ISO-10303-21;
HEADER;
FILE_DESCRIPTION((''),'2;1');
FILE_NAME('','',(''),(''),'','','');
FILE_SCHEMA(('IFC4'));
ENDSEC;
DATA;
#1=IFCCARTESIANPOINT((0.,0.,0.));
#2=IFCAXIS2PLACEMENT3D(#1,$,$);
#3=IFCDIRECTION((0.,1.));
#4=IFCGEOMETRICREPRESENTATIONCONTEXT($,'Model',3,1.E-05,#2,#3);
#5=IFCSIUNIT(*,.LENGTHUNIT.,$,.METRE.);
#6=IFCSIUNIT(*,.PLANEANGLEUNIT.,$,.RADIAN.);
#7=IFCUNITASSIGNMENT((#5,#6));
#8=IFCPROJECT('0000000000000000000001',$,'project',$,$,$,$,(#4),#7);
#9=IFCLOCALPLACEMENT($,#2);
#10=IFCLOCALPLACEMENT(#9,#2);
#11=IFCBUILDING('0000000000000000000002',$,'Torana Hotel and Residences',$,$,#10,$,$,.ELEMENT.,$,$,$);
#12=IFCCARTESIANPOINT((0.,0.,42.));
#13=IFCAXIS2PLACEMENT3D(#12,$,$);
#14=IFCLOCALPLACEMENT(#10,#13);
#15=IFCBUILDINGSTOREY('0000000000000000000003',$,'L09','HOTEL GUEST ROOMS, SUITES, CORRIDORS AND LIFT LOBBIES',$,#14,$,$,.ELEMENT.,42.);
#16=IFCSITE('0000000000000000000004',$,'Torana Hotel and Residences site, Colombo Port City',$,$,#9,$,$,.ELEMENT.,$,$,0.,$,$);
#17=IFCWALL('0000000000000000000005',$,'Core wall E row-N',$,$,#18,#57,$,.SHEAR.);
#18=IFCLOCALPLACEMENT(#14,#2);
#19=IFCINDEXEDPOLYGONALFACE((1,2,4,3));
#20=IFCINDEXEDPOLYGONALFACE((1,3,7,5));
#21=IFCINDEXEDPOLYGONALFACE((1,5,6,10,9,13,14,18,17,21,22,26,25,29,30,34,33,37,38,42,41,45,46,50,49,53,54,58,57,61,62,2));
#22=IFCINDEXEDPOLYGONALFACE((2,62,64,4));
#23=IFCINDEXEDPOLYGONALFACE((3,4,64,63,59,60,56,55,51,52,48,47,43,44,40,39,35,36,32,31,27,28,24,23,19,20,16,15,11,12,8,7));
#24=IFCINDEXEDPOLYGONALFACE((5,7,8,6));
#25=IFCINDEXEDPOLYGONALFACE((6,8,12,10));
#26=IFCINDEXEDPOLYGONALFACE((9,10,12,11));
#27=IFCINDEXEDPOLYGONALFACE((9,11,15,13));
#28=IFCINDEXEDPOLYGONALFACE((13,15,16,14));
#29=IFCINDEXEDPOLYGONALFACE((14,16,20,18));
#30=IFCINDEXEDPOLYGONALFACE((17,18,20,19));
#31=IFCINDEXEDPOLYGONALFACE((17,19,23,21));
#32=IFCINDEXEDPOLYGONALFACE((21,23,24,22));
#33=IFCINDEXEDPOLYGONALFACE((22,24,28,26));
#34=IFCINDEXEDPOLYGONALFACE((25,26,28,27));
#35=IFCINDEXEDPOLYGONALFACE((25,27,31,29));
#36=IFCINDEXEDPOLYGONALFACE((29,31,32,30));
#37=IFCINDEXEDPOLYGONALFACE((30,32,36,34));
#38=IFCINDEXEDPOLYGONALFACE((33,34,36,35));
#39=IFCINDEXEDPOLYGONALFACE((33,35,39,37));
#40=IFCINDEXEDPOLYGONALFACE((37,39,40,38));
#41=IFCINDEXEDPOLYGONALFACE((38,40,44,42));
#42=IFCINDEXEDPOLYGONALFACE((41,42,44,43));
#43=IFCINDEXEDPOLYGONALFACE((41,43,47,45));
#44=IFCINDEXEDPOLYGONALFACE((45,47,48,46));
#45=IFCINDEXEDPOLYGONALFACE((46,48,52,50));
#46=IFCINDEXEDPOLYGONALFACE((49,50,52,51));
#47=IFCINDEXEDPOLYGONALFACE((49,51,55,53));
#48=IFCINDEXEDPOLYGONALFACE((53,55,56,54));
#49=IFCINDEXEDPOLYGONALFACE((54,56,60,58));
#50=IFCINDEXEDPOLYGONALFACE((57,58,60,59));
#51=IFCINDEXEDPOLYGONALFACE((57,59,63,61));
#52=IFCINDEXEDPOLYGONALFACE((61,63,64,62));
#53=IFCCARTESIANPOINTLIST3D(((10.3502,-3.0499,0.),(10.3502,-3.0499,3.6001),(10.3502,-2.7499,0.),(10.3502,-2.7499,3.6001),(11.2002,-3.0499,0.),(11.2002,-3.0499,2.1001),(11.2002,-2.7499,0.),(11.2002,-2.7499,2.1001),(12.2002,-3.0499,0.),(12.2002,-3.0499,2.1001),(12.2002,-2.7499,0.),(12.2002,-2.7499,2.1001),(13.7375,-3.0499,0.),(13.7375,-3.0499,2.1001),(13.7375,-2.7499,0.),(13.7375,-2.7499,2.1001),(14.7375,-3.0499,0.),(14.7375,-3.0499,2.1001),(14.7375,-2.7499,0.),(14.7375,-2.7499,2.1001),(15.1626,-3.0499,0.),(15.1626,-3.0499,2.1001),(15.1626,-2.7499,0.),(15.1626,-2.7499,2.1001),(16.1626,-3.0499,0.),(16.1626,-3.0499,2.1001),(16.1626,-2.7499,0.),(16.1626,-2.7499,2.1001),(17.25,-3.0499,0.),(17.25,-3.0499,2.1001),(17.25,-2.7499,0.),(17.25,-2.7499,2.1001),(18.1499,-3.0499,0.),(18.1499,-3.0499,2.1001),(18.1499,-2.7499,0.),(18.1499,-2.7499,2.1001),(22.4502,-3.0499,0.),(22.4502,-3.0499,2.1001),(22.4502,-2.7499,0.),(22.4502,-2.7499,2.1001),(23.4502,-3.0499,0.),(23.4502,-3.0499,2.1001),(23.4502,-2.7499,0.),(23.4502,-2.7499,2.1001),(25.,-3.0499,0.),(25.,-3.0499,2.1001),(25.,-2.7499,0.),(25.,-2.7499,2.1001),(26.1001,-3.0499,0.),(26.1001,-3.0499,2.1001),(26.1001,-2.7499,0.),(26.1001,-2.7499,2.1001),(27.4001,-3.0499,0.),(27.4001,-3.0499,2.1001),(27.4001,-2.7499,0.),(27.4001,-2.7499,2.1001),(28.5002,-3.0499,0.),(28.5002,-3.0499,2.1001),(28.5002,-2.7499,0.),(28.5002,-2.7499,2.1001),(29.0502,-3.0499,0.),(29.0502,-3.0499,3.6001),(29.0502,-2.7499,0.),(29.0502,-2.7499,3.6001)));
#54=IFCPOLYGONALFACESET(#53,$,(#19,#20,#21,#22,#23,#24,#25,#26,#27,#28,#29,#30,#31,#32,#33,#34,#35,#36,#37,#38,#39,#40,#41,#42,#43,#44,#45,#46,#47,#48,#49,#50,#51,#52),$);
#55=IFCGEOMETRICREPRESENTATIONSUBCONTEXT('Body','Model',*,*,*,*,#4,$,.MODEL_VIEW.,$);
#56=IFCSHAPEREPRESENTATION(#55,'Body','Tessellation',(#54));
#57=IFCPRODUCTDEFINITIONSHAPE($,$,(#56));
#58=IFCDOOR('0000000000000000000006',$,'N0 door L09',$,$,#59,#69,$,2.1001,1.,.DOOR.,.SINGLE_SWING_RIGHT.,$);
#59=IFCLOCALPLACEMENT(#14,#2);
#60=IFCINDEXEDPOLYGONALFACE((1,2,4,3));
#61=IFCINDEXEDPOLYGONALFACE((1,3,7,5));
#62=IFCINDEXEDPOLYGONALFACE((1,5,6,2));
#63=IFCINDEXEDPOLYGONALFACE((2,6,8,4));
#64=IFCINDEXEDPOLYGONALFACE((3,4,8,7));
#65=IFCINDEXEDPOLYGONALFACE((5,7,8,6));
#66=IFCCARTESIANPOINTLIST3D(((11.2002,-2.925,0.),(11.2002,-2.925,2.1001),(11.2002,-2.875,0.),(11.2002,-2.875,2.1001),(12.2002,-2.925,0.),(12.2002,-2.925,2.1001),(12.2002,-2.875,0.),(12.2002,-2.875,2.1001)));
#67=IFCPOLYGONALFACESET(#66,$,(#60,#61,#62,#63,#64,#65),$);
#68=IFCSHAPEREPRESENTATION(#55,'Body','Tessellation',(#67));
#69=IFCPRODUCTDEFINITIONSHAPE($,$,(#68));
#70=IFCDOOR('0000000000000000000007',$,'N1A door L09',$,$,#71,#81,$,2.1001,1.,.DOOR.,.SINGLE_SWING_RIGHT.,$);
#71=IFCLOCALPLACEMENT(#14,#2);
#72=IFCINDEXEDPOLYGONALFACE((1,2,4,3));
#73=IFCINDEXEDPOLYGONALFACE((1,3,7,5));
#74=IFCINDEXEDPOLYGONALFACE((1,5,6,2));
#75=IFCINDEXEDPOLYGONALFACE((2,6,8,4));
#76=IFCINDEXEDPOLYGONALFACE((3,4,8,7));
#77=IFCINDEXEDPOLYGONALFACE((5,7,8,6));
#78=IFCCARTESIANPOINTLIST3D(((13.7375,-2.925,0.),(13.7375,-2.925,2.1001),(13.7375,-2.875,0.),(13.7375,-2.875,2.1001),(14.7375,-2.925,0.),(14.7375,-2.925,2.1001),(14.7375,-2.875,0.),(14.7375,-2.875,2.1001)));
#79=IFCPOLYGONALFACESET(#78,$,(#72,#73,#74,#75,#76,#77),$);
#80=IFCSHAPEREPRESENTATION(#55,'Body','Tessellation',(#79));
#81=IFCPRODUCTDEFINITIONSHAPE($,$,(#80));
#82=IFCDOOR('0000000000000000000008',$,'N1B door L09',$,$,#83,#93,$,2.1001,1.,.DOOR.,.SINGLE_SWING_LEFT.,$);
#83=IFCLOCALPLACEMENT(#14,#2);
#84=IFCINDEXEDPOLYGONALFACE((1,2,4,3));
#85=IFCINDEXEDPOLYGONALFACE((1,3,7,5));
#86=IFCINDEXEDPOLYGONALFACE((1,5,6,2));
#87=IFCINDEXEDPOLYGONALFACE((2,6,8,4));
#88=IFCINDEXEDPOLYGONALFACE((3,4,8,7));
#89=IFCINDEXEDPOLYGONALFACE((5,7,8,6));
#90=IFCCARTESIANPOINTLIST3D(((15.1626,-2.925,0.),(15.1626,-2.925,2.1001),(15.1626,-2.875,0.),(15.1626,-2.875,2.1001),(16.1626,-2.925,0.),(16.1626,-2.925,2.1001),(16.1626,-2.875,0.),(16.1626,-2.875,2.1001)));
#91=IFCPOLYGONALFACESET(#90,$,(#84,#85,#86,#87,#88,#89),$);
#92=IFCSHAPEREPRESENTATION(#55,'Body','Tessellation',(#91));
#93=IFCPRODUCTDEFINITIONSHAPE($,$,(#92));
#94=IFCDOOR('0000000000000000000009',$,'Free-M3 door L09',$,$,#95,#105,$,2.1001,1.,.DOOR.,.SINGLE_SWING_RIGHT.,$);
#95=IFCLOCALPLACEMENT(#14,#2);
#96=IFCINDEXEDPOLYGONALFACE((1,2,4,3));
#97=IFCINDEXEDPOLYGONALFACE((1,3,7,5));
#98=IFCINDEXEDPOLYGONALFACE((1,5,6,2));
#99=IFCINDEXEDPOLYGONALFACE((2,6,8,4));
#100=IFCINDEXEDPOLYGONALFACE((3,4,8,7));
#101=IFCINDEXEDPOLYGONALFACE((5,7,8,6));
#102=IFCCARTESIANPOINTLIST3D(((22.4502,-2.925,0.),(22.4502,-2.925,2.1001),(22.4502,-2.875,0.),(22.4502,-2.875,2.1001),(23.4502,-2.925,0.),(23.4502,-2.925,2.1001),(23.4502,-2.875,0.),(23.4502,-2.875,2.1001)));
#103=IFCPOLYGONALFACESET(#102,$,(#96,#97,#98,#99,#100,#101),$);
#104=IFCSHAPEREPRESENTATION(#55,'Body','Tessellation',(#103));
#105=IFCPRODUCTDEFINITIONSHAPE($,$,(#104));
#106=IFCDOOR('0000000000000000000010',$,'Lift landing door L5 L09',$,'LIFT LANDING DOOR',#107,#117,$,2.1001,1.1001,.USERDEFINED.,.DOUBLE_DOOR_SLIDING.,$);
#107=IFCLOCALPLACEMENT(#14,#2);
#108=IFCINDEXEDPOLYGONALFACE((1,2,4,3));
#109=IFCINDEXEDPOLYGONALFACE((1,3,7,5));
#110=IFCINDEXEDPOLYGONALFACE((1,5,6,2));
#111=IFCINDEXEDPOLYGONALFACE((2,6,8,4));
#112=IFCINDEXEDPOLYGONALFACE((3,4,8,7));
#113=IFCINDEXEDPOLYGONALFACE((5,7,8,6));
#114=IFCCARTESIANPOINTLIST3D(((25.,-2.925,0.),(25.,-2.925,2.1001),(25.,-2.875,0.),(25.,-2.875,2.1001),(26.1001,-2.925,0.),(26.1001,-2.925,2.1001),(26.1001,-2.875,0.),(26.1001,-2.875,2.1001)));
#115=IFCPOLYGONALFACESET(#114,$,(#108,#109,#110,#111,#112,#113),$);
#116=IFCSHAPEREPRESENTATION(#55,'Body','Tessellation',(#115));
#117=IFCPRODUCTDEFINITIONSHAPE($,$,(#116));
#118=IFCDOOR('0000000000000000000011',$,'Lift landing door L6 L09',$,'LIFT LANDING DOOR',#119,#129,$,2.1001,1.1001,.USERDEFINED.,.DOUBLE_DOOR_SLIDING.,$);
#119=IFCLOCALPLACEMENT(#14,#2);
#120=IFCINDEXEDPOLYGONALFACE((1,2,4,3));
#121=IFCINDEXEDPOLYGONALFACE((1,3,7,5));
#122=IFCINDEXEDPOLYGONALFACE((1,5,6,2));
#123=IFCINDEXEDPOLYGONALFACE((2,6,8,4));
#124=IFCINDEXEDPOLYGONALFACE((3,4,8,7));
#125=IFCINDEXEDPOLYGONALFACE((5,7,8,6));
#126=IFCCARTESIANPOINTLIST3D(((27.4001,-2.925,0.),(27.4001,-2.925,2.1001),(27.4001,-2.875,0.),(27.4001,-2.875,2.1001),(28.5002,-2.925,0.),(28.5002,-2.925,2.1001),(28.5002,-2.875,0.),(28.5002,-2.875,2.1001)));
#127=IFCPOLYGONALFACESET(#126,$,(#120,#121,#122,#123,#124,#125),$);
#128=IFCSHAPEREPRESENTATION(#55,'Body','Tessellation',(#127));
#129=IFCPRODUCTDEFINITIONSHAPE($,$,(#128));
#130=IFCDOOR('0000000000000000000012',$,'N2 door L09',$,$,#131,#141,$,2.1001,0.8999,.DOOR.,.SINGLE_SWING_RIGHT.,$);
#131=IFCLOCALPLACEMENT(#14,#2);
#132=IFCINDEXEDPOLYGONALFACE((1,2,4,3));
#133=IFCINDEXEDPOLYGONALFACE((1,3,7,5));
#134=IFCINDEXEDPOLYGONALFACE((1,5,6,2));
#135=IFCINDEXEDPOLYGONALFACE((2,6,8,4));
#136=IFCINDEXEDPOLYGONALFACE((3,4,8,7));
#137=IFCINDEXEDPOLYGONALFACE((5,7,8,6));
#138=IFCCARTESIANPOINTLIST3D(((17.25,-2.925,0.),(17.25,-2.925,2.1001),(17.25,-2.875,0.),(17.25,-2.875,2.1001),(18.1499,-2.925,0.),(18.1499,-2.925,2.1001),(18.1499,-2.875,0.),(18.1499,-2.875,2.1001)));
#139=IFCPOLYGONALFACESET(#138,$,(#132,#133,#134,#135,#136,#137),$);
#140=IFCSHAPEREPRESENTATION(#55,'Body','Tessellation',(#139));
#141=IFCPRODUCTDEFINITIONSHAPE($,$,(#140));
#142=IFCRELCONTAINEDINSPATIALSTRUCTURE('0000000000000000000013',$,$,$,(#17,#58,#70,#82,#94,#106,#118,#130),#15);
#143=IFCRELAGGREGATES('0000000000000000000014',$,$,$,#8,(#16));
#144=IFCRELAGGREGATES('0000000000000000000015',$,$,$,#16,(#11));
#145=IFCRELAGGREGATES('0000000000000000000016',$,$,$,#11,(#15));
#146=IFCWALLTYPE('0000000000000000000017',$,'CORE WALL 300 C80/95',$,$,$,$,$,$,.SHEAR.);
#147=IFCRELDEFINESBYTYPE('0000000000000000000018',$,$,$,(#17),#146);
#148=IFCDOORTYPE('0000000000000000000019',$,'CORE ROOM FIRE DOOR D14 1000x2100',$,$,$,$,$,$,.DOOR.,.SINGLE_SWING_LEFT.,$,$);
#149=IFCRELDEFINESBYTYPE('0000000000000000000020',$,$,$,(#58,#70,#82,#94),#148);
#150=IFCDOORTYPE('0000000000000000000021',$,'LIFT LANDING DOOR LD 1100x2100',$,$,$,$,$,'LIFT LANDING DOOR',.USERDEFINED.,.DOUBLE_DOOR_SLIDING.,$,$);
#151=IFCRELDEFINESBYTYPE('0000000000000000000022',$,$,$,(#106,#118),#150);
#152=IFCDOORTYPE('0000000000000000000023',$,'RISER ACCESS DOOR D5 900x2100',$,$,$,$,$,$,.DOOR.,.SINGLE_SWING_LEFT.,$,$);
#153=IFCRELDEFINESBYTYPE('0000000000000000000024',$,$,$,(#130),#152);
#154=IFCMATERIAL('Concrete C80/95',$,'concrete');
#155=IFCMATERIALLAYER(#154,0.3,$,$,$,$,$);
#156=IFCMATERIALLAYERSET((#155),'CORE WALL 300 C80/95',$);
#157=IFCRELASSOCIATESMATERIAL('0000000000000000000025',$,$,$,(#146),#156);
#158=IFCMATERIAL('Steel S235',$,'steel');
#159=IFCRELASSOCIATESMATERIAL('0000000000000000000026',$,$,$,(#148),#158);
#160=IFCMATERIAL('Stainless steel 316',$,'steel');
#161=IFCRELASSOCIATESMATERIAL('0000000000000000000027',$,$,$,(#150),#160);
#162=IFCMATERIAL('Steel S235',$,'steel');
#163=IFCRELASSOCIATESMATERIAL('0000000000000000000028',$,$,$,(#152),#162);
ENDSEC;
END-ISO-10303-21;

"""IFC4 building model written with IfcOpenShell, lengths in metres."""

from ifc_helpers import new_model, si_unit, direction, frame, frame_2d, origin, place, context, subcontext, project, spatial, rectangle, extrude, material, layer, layer_set, type_object, element, fill, save


model = new_model("IFC4")

# Units and contexts
model_context = context("Model", 3, precision=1e-05, world=origin(), true_north=direction((0.0, 1.0)))
body_context = subcontext(model_context, "Body", "Model", "MODEL_VIEW")
ifc_project = project(units=[si_unit("LENGTHUNIT", "METRE"), si_unit("PLANEANGLEUNIT", "RADIAN")], contexts=[model_context])

# Site, building, storey
site_placement = place(None, origin())
site = spatial("IfcSite", under=ifc_project, at=site_placement, Name="Torana Hotel and Residences site, Colombo Port City", CompositionType="ELEMENT", RefElevation=0.0)
building_placement = place(site_placement, origin())
building = spatial("IfcBuilding", under=site, at=building_placement, Name="Torana Hotel and Residences", CompositionType="ELEMENT")
storey_placement = place(building_placement, frame((0.0, 0.0, 42.0)))
storey = spatial("IfcBuildingStorey", under=building, at=storey_placement, Name="L09", Description="HOTEL GUEST ROOMS, SUITES, CORRIDORS AND LIFT LOBBIES", CompositionType="ELEMENT", Elevation=42.0)

# Wall, openings, doors
ifc_material_1 = material(Name="Concrete C80/95", Category="concrete")
ifc_layer_1 = layer(ifc_material_1, 0.3)
ifc_layer_set_1 = layer_set([ifc_layer_1], Name="CORE WALL 300 C80/95")
wall_type_1 = type_object("IfcWallType", Name="CORE WALL 300 C80/95", PredefinedType="SHEAR", material=ifc_layer_set_1)
wall_1_placement = place(storey_placement, frame((10.3501, -2.8999, 0.0), z_axis=(0.0, 0.0, 1.0), x_axis=(1.0, 0.0, 0.0)))
wall_1 = element("IfcWall", 1, at=wall_1_placement, inside=storey, type_object=wall_type_1, Name="Core wall E row-N", PredefinedType="SHEAR", context=body_context, shape_type="SweptSolid", body=[
    extrude(rectangle(XDim=18.7, YDim=0.3, at=frame_2d((9.3501, 0.0))), origin(), (0.0, 0.0, 1.0), 3.6001),
])
opening_1_placement = place(wall_1_placement, frame((14.6499, 0.0, 0.0)))
opening_1 = element("IfcOpeningElement", 2, at=opening_1_placement, cuts=wall_1, PredefinedType="OPENING", context=body_context, shape_type="SweptSolid", body=[
    extrude(rectangle(XDim=1.1001, YDim=2.1001, at=frame_2d((0.55, 1.05))), frame((0.0, 0.1599, 0.0), z_axis=(0.0, -1.0, 0.0), x_axis=(1.0, 0.0, 0.0)), (0.0, 0.0, 1.0), 0.3201),
])
opening_2_placement = place(wall_1_placement, frame((17.05, 0.0, 0.0)))
opening_2 = element("IfcOpeningElement", 3, at=opening_2_placement, cuts=wall_1, PredefinedType="OPENING", context=body_context, shape_type="SweptSolid", body=[
    extrude(rectangle(XDim=1.1001, YDim=2.1001, at=frame_2d((0.55, 1.05))), frame((0.0, 0.1599, 0.0), z_axis=(0.0, -1.0, 0.0), x_axis=(1.0, 0.0, 0.0)), (0.0, 0.0, 1.0), 0.3201),
])
opening_3_placement = place(wall_1_placement, frame((6.8999, 0.0, 0.0)))
opening_3 = element("IfcOpeningElement", 4, at=opening_3_placement, cuts=wall_1, PredefinedType="OPENING", context=body_context, shape_type="SweptSolid", body=[
    extrude(rectangle(XDim=0.8999, YDim=2.1001, at=frame_2d((0.45, 1.05))), frame((0.0, 0.1599, 0.0), z_axis=(0.0, -1.0, 0.0), x_axis=(1.0, 0.0, 0.0)), (0.0, 0.0, 1.0), 0.3201),
])
opening_4_placement = place(wall_1_placement, frame((0.8501, 0.0, 0.0)))
opening_4 = element("IfcOpeningElement", 5, at=opening_4_placement, cuts=wall_1, PredefinedType="OPENING", context=body_context, shape_type="SweptSolid", body=[
    extrude(rectangle(XDim=1.0, YDim=2.1001, at=frame_2d((0.5, 1.05))), frame((0.0, 0.1599, 0.0), z_axis=(0.0, -1.0, 0.0), x_axis=(1.0, 0.0, 0.0)), (0.0, 0.0, 1.0), 0.3201),
])
opening_5_placement = place(wall_1_placement, frame((3.3875, 0.0, 0.0)))
opening_5 = element("IfcOpeningElement", 6, at=opening_5_placement, cuts=wall_1, PredefinedType="OPENING", context=body_context, shape_type="SweptSolid", body=[
    extrude(rectangle(XDim=1.0, YDim=2.1001, at=frame_2d((0.5, 1.05))), frame((0.0, 0.1599, 0.0), z_axis=(0.0, -1.0, 0.0), x_axis=(1.0, 0.0, 0.0)), (0.0, 0.0, 1.0), 0.3201),
])
opening_6_placement = place(wall_1_placement, frame((4.8125, 0.0, 0.0)))
opening_6 = element("IfcOpeningElement", 7, at=opening_6_placement, cuts=wall_1, PredefinedType="OPENING", context=body_context, shape_type="SweptSolid", body=[
    extrude(rectangle(XDim=1.0, YDim=2.1001, at=frame_2d((0.5, 1.05))), frame((0.0, 0.1599, 0.0), z_axis=(0.0, -1.0, 0.0), x_axis=(1.0, 0.0, 0.0)), (0.0, 0.0, 1.0), 0.3201),
])
opening_7_placement = place(wall_1_placement, frame((12.1001, 0.0, 0.0)))
opening_7 = element("IfcOpeningElement", 8, at=opening_7_placement, cuts=wall_1, PredefinedType="OPENING", context=body_context, shape_type="SweptSolid", body=[
    extrude(rectangle(XDim=1.0, YDim=2.1001, at=frame_2d((0.5, 1.05))), frame((0.0, 0.1599, 0.0), z_axis=(0.0, -1.0, 0.0), x_axis=(1.0, 0.0, 0.0)), (0.0, 0.0, 1.0), 0.3201),
])
ifc_material_2 = material(Name="Steel S235", Category="steel")
door_type_1 = type_object("IfcDoorType", Name="CORE ROOM FIRE DOOR D14 1000x2100", OperationType="SINGLE_SWING_LEFT", PredefinedType="DOOR", material=ifc_material_2)
door_1_placement = place(opening_4_placement, origin())
door_1 = element("IfcDoor", 9, at=door_1_placement, inside=storey, type_object=door_type_1, Name="N0 door L09", OperationType="SINGLE_SWING_RIGHT", OverallHeight=2.1001, OverallWidth=1.0, PredefinedType="DOOR", context=body_context, shape_type="SweptSolid", body=[
    extrude(rectangle(XDim=1.0, YDim=2.1001, at=frame_2d((0.5, 1.05))), frame((0.0, 0.0249, 0.0), z_axis=(0.0, -1.0, 0.0), x_axis=(1.0, 0.0, 0.0)), (0.0, 0.0, 1.0), 0.05),
])
fill(opening_4, door_1)
door_2_placement = place(opening_5_placement, origin())
door_2 = element("IfcDoor", 10, at=door_2_placement, inside=storey, type_object=door_type_1, Name="N1A door L09", OperationType="SINGLE_SWING_RIGHT", OverallHeight=2.1001, OverallWidth=1.0, PredefinedType="DOOR", context=body_context, shape_type="SweptSolid", body=[
    extrude(rectangle(XDim=1.0, YDim=2.1001, at=frame_2d((0.5, 1.05))), frame((0.0, 0.0249, 0.0), z_axis=(0.0, -1.0, 0.0), x_axis=(1.0, 0.0, 0.0)), (0.0, 0.0, 1.0), 0.05),
])
fill(opening_5, door_2)
door_3_placement = place(opening_6_placement, origin())
door_3 = element("IfcDoor", 11, at=door_3_placement, inside=storey, type_object=door_type_1, Name="N1B door L09", OperationType="SINGLE_SWING_LEFT", OverallHeight=2.1001, OverallWidth=1.0, PredefinedType="DOOR", context=body_context, shape_type="SweptSolid", body=[
    extrude(rectangle(XDim=1.0, YDim=2.1001, at=frame_2d((0.5, 1.05))), frame((0.0, 0.0249, 0.0), z_axis=(0.0, -1.0, 0.0), x_axis=(1.0, 0.0, 0.0)), (0.0, 0.0, 1.0), 0.05),
])
fill(opening_6, door_3)
door_4_placement = place(opening_7_placement, origin())
door_4 = element("IfcDoor", 12, at=door_4_placement, inside=storey, type_object=door_type_1, Name="Free-M3 door L09", OperationType="SINGLE_SWING_RIGHT", OverallHeight=2.1001, OverallWidth=1.0, PredefinedType="DOOR", context=body_context, shape_type="SweptSolid", body=[
    extrude(rectangle(XDim=1.0, YDim=2.1001, at=frame_2d((0.5, 1.05))), frame((0.0, 0.0249, 0.0), z_axis=(0.0, -1.0, 0.0), x_axis=(1.0, 0.0, 0.0)), (0.0, 0.0, 1.0), 0.05),
])
fill(opening_7, door_4)
ifc_material_3 = material(Name="Stainless steel 316", Category="steel")
door_type_2 = type_object("IfcDoorType", Name="LIFT LANDING DOOR LD 1100x2100", ElementType="LIFT LANDING DOOR", OperationType="DOUBLE_DOOR_SLIDING", PredefinedType="USERDEFINED", material=ifc_material_3)
door_5_placement = place(opening_1_placement, origin())
door_5 = element("IfcDoor", 13, at=door_5_placement, inside=storey, type_object=door_type_2, Name="Lift landing door L5 L09", ObjectType="LIFT LANDING DOOR", OperationType="DOUBLE_DOOR_SLIDING", OverallHeight=2.1001, OverallWidth=1.1001, PredefinedType="USERDEFINED", context=body_context, shape_type="SweptSolid", body=[
    extrude(rectangle(XDim=1.1001, YDim=2.1001, at=frame_2d((0.55, 1.05))), frame((0.0, 0.0249, 0.0), z_axis=(0.0, -1.0, 0.0), x_axis=(1.0, 0.0, 0.0)), (0.0, 0.0, 1.0), 0.05),
])
fill(opening_1, door_5)
door_6_placement = place(opening_2_placement, origin())
door_6 = element("IfcDoor", 14, at=door_6_placement, inside=storey, type_object=door_type_2, Name="Lift landing door L6 L09", ObjectType="LIFT LANDING DOOR", OperationType="DOUBLE_DOOR_SLIDING", OverallHeight=2.1001, OverallWidth=1.1001, PredefinedType="USERDEFINED", context=body_context, shape_type="SweptSolid", body=[
    extrude(rectangle(XDim=1.1001, YDim=2.1001, at=frame_2d((0.55, 1.05))), frame((0.0, 0.0249, 0.0), z_axis=(0.0, -1.0, 0.0), x_axis=(1.0, 0.0, 0.0)), (0.0, 0.0, 1.0), 0.05),
])
fill(opening_2, door_6)
ifc_material_4 = material(Name="Steel S235", Category="steel")
door_type_3 = type_object("IfcDoorType", Name="RISER ACCESS DOOR D5 900x2100", OperationType="SINGLE_SWING_LEFT", PredefinedType="DOOR", material=ifc_material_4)
door_7_placement = place(opening_3_placement, origin())
door_7 = element("IfcDoor", 15, at=door_7_placement, inside=storey, type_object=door_type_3, Name="N2 door L09", OperationType="SINGLE_SWING_RIGHT", OverallHeight=2.1001, OverallWidth=0.8999, PredefinedType="DOOR", context=body_context, shape_type="SweptSolid", body=[
    extrude(rectangle(XDim=0.8999, YDim=2.1001, at=frame_2d((0.45, 1.05))), frame((0.0, 0.0249, 0.0), z_axis=(0.0, -1.0, 0.0), x_axis=(1.0, 0.0, 0.0)), (0.0, 0.0, 1.0), 0.05),
])
fill(opening_3, door_7)

save(model, "model.ifc")
